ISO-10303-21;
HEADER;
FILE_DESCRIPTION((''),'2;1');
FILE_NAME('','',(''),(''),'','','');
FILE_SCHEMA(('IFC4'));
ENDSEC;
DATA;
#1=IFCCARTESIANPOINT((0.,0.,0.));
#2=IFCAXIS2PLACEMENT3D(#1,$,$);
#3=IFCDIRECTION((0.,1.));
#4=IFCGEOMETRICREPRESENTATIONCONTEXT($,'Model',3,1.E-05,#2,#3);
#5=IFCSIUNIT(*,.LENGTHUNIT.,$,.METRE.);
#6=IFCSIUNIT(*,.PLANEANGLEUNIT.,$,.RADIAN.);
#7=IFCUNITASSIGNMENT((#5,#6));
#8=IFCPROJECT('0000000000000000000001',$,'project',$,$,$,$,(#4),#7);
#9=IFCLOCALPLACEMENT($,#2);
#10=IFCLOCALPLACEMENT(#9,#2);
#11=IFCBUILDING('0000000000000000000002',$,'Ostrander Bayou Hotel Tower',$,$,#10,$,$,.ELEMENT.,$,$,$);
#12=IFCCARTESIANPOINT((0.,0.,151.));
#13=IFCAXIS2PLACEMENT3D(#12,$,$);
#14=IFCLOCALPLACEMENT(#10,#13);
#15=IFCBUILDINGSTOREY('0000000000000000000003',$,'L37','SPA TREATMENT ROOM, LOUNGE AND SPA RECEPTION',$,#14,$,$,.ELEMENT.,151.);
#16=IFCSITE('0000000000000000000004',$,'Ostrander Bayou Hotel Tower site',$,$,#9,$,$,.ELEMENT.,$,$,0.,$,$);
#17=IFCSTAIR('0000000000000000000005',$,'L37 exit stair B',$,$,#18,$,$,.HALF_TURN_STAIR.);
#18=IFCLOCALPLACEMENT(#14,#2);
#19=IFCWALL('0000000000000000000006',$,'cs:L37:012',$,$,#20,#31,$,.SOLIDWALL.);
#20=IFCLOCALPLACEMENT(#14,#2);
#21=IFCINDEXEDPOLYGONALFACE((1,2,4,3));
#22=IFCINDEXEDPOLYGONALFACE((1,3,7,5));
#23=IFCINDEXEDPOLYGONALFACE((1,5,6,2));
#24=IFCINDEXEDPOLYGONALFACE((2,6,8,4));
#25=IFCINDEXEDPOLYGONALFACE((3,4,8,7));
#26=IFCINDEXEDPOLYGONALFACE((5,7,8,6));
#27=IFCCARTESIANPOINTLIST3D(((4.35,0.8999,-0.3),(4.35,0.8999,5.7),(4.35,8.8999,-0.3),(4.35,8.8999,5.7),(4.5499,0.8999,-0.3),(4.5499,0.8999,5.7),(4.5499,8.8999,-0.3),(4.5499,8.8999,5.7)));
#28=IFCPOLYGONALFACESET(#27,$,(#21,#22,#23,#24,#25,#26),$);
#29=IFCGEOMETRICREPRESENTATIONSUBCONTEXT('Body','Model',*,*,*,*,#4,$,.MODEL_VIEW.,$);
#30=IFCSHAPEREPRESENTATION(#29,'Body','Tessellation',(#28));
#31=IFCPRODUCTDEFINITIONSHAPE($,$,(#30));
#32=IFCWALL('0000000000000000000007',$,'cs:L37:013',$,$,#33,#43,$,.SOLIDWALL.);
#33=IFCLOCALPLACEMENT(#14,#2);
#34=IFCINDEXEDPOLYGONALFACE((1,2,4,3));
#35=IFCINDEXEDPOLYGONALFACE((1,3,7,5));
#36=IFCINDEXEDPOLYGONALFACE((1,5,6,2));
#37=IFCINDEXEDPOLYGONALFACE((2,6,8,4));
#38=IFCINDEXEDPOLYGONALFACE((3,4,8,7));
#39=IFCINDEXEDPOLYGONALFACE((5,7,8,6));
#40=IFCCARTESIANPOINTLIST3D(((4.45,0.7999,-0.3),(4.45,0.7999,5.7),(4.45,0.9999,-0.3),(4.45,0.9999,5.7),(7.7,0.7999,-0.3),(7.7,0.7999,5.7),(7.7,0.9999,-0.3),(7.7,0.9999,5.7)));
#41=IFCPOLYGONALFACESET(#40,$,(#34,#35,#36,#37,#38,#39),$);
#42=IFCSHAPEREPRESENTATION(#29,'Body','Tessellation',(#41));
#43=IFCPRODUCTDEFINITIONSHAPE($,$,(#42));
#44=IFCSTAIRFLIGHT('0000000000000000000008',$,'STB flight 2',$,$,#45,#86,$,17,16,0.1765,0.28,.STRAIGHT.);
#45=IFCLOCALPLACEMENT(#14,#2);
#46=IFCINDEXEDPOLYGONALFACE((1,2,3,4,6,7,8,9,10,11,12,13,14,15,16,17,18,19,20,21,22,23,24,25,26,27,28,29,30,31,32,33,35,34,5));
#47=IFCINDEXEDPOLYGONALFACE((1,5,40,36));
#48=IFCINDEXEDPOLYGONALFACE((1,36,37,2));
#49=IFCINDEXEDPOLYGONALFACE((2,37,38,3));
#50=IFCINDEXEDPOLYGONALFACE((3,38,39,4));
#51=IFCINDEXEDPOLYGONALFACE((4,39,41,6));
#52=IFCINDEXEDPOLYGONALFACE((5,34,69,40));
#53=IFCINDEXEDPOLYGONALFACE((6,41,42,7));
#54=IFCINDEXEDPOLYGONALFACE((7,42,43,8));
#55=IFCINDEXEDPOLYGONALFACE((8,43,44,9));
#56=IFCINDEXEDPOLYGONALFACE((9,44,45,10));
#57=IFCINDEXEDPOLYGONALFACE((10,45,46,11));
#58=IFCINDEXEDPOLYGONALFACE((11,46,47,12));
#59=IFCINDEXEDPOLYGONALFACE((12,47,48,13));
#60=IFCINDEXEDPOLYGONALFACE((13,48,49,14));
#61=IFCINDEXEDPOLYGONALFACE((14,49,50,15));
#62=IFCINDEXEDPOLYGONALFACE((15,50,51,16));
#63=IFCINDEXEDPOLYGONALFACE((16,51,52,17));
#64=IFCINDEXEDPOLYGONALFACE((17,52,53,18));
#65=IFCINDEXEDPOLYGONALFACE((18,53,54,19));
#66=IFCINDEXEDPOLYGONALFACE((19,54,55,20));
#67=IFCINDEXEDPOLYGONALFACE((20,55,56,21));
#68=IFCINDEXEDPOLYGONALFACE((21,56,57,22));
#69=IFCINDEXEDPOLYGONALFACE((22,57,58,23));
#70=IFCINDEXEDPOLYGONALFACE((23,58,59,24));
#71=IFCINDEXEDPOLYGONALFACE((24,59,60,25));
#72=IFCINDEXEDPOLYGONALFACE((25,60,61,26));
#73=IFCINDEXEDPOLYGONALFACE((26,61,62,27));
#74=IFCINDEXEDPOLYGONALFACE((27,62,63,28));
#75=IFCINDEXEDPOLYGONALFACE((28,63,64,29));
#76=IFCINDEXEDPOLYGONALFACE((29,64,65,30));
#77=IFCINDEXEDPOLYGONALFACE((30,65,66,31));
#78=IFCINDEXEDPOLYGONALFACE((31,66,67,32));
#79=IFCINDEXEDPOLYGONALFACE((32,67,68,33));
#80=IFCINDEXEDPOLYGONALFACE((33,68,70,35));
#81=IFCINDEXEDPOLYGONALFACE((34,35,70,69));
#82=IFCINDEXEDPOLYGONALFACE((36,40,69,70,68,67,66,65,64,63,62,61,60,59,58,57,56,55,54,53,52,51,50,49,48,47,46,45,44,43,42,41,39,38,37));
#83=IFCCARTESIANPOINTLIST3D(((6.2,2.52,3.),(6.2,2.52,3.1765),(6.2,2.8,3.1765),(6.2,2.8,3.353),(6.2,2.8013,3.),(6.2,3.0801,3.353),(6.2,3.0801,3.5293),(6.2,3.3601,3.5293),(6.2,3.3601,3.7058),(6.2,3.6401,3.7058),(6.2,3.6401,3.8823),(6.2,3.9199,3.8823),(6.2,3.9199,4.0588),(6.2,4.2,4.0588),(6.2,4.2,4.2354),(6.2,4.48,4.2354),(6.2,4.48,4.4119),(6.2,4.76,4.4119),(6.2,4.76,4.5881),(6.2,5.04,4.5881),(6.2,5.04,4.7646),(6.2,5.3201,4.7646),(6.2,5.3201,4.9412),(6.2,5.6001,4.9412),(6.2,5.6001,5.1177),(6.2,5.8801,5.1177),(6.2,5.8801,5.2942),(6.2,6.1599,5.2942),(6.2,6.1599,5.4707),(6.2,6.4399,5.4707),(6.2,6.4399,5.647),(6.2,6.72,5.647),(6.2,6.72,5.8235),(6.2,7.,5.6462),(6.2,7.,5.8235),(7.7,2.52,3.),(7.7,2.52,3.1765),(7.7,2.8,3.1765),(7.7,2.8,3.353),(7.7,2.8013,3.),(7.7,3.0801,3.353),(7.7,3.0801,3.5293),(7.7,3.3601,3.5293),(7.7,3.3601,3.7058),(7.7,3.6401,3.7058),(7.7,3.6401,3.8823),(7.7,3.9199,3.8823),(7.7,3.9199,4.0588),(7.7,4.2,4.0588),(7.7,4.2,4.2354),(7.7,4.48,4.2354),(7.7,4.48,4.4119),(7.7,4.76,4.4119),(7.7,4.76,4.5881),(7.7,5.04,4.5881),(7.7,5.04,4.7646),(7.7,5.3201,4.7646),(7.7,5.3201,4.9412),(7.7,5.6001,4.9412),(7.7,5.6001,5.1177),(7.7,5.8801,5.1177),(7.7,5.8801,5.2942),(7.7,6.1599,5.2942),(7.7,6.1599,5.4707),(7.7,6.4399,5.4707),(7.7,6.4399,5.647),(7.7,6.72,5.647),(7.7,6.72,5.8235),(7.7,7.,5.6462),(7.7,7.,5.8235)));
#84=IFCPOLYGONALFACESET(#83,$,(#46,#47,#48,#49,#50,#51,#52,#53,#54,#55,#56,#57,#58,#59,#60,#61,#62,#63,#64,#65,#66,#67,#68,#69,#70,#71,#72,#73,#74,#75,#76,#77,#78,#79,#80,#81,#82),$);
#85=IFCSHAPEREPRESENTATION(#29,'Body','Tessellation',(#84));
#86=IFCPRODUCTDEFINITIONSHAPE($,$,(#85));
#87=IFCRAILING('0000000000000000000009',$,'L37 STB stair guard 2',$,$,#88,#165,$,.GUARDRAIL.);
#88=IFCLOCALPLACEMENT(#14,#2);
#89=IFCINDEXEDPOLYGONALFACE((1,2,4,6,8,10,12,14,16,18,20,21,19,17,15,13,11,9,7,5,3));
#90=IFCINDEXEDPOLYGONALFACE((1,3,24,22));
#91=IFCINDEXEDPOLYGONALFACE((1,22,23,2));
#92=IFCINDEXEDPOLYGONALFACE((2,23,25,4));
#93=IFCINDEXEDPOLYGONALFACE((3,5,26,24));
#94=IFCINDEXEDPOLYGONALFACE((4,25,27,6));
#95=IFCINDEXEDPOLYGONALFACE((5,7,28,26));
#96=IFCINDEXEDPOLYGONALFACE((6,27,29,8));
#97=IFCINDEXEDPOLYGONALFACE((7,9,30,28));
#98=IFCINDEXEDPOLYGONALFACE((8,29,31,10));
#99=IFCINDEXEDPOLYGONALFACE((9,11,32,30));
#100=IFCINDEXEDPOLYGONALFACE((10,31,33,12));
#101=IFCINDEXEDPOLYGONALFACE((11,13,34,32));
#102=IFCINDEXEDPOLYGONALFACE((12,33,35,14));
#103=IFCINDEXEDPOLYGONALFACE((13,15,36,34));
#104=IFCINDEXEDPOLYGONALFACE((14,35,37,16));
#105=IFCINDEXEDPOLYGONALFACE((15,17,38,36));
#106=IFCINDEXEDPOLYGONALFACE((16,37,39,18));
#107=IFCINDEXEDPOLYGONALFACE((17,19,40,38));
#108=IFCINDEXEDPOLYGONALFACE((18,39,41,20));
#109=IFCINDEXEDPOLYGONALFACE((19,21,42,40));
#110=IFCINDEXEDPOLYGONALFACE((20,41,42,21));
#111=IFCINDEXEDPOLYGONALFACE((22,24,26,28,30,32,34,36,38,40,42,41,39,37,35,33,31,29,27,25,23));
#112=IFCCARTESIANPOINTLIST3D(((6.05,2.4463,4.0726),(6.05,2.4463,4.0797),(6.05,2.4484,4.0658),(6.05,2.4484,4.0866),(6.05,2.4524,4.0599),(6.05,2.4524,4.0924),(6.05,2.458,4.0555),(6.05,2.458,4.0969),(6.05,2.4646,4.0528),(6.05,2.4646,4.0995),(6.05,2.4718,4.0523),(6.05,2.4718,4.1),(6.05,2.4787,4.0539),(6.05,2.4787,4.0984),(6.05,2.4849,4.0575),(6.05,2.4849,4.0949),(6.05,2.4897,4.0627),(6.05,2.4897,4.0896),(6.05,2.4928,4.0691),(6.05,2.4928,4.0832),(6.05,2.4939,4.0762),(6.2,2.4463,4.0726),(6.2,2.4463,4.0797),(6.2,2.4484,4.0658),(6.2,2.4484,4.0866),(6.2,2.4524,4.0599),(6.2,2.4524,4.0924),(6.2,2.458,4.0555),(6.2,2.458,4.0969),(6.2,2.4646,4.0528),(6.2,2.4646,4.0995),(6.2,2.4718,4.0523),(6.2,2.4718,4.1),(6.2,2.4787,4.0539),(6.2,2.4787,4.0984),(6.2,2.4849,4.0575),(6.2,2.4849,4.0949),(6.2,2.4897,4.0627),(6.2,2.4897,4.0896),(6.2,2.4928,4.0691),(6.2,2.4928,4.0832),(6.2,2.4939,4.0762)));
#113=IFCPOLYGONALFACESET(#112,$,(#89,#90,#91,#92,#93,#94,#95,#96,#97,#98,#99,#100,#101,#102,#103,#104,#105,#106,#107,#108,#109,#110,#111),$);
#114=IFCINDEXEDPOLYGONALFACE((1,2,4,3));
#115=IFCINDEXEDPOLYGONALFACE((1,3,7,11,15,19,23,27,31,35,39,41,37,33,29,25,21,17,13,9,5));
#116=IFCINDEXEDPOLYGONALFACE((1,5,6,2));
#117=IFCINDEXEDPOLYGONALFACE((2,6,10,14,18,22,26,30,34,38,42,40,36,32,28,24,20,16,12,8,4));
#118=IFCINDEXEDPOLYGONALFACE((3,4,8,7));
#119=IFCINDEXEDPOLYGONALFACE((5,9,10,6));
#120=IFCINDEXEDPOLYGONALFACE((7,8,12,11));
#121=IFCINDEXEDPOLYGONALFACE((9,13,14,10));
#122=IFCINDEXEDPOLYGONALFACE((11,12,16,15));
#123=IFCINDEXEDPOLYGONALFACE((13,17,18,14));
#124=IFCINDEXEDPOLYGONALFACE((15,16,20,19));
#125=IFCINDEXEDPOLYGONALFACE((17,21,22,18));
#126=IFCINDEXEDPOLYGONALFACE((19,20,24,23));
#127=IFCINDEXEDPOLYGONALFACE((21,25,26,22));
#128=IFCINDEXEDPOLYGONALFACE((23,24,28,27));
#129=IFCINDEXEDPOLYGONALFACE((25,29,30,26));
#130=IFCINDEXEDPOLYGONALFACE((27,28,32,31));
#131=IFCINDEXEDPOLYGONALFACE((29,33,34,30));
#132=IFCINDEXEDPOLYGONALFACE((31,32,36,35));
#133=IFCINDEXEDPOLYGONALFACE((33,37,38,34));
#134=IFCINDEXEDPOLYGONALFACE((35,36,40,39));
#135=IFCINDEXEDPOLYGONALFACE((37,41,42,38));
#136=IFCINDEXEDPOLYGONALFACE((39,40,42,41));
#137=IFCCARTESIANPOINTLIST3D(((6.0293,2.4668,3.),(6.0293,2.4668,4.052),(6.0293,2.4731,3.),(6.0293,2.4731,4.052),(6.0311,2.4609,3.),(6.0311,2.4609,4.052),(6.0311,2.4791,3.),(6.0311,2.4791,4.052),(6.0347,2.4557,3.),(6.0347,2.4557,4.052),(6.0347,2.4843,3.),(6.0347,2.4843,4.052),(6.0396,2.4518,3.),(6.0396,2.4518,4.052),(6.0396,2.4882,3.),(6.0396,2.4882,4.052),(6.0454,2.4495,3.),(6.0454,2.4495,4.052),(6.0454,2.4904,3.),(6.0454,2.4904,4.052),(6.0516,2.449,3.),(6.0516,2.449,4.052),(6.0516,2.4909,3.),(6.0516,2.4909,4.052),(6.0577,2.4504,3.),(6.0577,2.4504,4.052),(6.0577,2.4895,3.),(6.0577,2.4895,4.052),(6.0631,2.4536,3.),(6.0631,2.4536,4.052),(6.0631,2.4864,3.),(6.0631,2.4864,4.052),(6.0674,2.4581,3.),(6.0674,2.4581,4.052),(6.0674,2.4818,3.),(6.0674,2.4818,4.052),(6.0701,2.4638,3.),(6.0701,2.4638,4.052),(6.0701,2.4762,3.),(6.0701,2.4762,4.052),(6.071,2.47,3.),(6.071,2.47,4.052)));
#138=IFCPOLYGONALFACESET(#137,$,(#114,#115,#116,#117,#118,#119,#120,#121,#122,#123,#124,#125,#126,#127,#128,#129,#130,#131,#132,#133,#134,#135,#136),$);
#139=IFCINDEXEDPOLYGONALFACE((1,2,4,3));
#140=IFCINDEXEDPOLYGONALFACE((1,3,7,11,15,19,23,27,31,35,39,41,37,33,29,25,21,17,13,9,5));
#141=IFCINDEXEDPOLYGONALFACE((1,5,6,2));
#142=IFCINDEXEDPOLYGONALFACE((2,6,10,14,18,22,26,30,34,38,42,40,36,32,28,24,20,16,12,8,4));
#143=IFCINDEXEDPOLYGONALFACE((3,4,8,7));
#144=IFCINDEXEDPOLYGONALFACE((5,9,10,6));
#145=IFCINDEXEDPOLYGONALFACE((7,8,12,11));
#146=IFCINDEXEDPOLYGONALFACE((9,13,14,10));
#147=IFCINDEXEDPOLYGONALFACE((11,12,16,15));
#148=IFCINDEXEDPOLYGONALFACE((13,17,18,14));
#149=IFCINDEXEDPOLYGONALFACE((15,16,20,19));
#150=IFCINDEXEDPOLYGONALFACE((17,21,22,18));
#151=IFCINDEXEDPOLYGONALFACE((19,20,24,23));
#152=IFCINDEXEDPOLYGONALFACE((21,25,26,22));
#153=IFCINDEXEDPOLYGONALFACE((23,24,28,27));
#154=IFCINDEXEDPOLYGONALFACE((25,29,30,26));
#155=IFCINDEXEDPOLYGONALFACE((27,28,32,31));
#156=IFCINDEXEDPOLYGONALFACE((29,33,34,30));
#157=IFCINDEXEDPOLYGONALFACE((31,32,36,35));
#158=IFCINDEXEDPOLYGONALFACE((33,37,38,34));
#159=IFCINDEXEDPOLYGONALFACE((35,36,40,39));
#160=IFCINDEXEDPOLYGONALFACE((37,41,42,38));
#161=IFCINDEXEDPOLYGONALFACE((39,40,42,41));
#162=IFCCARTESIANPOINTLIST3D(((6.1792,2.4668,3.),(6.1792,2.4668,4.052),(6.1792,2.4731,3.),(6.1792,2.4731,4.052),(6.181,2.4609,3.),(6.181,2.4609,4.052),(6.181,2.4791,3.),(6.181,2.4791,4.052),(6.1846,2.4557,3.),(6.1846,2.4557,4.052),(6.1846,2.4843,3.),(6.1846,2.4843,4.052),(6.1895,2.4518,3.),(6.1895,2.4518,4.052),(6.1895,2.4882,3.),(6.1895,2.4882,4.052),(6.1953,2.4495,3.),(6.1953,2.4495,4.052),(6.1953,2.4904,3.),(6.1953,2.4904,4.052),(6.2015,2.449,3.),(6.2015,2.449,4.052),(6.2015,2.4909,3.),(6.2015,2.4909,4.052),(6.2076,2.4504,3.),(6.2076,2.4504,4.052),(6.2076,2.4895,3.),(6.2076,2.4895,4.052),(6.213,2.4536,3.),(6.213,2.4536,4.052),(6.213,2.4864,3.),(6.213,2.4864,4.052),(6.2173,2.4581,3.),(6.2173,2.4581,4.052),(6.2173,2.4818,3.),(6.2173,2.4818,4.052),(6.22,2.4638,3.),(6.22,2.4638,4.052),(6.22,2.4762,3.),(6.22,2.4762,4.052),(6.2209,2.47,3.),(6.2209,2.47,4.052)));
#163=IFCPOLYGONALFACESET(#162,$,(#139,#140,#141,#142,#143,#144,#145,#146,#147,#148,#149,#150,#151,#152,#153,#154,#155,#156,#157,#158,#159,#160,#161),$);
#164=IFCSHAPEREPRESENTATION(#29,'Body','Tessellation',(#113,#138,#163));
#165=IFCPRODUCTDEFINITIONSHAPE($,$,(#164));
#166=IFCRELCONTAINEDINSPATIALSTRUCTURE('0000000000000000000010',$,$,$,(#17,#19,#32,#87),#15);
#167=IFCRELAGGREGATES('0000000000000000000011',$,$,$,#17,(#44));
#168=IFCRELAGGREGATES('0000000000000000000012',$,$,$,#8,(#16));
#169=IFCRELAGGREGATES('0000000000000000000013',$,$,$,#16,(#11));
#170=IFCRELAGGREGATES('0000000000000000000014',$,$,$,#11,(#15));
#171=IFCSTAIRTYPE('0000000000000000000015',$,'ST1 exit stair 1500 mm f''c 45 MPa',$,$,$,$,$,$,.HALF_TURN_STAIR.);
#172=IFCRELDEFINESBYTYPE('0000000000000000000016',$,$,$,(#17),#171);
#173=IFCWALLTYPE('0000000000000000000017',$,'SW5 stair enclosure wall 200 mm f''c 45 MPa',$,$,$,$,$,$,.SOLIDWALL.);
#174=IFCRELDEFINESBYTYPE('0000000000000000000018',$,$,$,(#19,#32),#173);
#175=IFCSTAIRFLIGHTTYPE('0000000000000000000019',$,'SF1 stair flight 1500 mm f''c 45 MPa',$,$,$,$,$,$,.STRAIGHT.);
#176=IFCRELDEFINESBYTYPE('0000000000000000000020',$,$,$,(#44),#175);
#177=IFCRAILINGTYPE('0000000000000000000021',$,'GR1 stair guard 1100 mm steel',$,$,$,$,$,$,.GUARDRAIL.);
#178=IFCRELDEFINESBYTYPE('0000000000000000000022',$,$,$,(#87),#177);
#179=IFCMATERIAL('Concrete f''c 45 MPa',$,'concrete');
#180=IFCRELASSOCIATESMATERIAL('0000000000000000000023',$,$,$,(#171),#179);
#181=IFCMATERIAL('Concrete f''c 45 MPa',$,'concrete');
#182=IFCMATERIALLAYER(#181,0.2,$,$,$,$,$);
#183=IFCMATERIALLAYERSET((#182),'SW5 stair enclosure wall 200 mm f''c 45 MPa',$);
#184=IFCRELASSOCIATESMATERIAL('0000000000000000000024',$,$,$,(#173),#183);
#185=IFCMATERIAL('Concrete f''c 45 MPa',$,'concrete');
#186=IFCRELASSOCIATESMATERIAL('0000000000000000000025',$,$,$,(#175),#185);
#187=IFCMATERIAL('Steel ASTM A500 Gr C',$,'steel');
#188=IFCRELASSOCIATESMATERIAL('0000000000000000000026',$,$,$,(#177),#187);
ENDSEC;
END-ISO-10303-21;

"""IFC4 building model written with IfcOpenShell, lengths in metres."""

from ifc_helpers import new_model, si_unit, direction, frame, frame_2d, origin, origin_2d, place, context, subcontext, project, spatial, polyline, rectangle, circle, outline, extrude, material, layer, layer_set, type_object, element, aggregate, save


model = new_model("IFC4")

# Units and contexts
model_context = context("Model", 3, precision=1e-05, world=origin(), true_north=direction((0.0, 1.0)))
body_context = subcontext(model_context, "Body", "Model", "MODEL_VIEW")
ifc_project = project(units=[si_unit("LENGTHUNIT", "METRE"), si_unit("PLANEANGLEUNIT", "RADIAN")], contexts=[model_context])

# Site, building, storey
site_placement = place(None, origin())
site = spatial("IfcSite", under=ifc_project, at=site_placement, Name="Ostrander Bayou Hotel Tower site", CompositionType="ELEMENT", RefElevation=0.0)
building_placement = place(site_placement, origin())
building = spatial("IfcBuilding", under=site, at=building_placement, Name="Ostrander Bayou Hotel Tower", CompositionType="ELEMENT")
storey_placement = place(building_placement, frame((0.0, 0.0, 151.0)))
storey = spatial("IfcBuildingStorey", under=building, at=storey_placement, Name="L37", Description="SPA TREATMENT ROOM, LOUNGE AND SPA RECEPTION", CompositionType="ELEMENT", Elevation=151.0)

# Stair
ifc_material_1 = material(Name="Concrete f'c 45 MPa", Category="concrete")
stair_type = type_object("IfcStairType", Name="ST1 exit stair 1500 mm f'c 45 MPa", PredefinedType="HALF_TURN_STAIR", material=ifc_material_1)
stair_1_placement = place(storey_placement, origin())
stair_1 = element("IfcStair", 1, at=stair_1_placement, inside=storey, type_object=stair_type, Name="L37 exit stair B", PredefinedType="HALF_TURN_STAIR")

# Walls
ifc_material_2 = material(Name="Concrete f'c 45 MPa", Category="concrete")
ifc_layer_1 = layer(ifc_material_2, 0.2)
ifc_layer_set_1 = layer_set([ifc_layer_1], Name="SW5 stair enclosure wall 200 mm f'c 45 MPa")
wall_type_1 = type_object("IfcWallType", Name="SW5 stair enclosure wall 200 mm f'c 45 MPa", PredefinedType="SOLIDWALL", material=ifc_layer_set_1)
wall_1_placement = place(storey_placement, frame((4.45, 0.8999, -0.3), z_axis=(0.0, 0.0, 1.0), x_axis=(0.0, 1.0, 0.0)))
element("IfcWall", 2, at=wall_1_placement, inside=storey, type_object=wall_type_1, Name="cs:L37:012", PredefinedType="SOLIDWALL", context=body_context, shape_type="SweptSolid", body=[
    extrude(rectangle(XDim=8.0, YDim=0.2, at=frame_2d((4.0, 0.0))), origin(), (0.0, 0.0, 1.0), 6.0),
])
wall_2_placement = place(storey_placement, frame((4.45, 0.8999, -0.3), z_axis=(0.0, 0.0, 1.0), x_axis=(1.0, 0.0, 0.0)))
element("IfcWall", 3, at=wall_2_placement, inside=storey, type_object=wall_type_1, Name="cs:L37:013", PredefinedType="SOLIDWALL", context=body_context, shape_type="SweptSolid", body=[
    extrude(rectangle(XDim=3.25, YDim=0.2, at=frame_2d((1.625, 0.0))), origin(), (0.0, 0.0, 1.0), 6.0),
])

# Stair flight
ifc_material_3 = material(Name="Concrete f'c 45 MPa", Category="concrete")
stair_flight_type = type_object("IfcStairFlightType", Name="SF1 stair flight 1500 mm f'c 45 MPa", PredefinedType="STRAIGHT", material=ifc_material_3)
stair_flight_placement = place(storey_placement, frame((6.95, 2.52, 3.0), z_axis=(0.0, 0.0, 1.0), x_axis=(0.0, 1.0, 0.0)))
stair_flight = element("IfcStairFlight", 4, at=stair_flight_placement, type_object=stair_flight_type, Name="STB flight 2", NumberOfRisers=17, NumberOfTreads=16, PredefinedType="STRAIGHT", RiserHeight=0.1765, TreadLength=0.28, context=body_context, shape_type="SweptSolid", body=[
    extrude(outline(polyline([(0.0, 0.0), (0.0, 0.1765), (0.28, 0.1765), (0.28, 0.353), (0.5601, 0.353), (0.5601, 0.5293), (0.8401, 0.5293), (0.8401, 0.7058), (1.1201, 0.7058), (1.1201, 0.8823), (1.3999, 0.8823), (1.3999, 1.0588), (1.6799, 1.0588), (1.6799, 1.2354), (1.96, 1.2354), (1.96, 1.4119), (2.24, 1.4119), (2.24, 1.5881), (2.52, 1.5881), (2.52, 1.7646), (2.8, 1.7646), (2.8, 1.9412), (3.0801, 1.9412), (3.0801, 2.1177), (3.3601, 2.1177), (3.3601, 2.2942), (3.6399, 2.2942), (3.6399, 2.4707), (3.9199, 2.4707), (3.9199, 2.647), (4.2, 2.647), (4.2, 2.8235), (4.48, 2.8235), (4.48, 3.0), (4.48, 2.6462), (0.2812, 0.0), (0.0, 0.0)])), frame((0.0, 0.75, 0.0), z_axis=(0.0, -1.0, 0.0), x_axis=(1.0, 0.0, 0.0)), (0.0, 0.0, 1.0), 1.5),
])
aggregate(stair_1, [stair_flight])

# Railing
ifc_material_4 = material(Name="Steel ASTM A500 Gr C", Category="steel")
railing_type_1 = type_object("IfcRailingType", Name="GR1 stair guard 1100 mm steel", PredefinedType="GUARDRAIL", material=ifc_material_4)
railing_1_placement = place(storey_placement, frame((6.05, 2.47, 3.0)))
element("IfcRailing", 5, at=railing_1_placement, inside=storey, type_object=railing_type_1, Name="L37 STB stair guard 2", PredefinedType="GUARDRAIL", context=body_context, shape_type="SweptSolid", body=[
    extrude(circle(Radius=0.0239, at=origin_2d()), frame((0.0, 0.0, 1.0762), z_axis=(1.0, 0.0, 0.0), x_axis=(0.0, 1.0, 0.0)), (0.0, 0.0, 1.0), 0.1499),
    extrude(circle(Radius=0.021, at=origin_2d()), origin(), (0.0, 0.0, 1.0), 1.052),
    extrude(circle(Radius=0.021, at=origin_2d()), frame((0.1499, 0.0, 0.0)), (0.0, 0.0, 1.0), 1.052),
])

save(model, "model.ifc")
